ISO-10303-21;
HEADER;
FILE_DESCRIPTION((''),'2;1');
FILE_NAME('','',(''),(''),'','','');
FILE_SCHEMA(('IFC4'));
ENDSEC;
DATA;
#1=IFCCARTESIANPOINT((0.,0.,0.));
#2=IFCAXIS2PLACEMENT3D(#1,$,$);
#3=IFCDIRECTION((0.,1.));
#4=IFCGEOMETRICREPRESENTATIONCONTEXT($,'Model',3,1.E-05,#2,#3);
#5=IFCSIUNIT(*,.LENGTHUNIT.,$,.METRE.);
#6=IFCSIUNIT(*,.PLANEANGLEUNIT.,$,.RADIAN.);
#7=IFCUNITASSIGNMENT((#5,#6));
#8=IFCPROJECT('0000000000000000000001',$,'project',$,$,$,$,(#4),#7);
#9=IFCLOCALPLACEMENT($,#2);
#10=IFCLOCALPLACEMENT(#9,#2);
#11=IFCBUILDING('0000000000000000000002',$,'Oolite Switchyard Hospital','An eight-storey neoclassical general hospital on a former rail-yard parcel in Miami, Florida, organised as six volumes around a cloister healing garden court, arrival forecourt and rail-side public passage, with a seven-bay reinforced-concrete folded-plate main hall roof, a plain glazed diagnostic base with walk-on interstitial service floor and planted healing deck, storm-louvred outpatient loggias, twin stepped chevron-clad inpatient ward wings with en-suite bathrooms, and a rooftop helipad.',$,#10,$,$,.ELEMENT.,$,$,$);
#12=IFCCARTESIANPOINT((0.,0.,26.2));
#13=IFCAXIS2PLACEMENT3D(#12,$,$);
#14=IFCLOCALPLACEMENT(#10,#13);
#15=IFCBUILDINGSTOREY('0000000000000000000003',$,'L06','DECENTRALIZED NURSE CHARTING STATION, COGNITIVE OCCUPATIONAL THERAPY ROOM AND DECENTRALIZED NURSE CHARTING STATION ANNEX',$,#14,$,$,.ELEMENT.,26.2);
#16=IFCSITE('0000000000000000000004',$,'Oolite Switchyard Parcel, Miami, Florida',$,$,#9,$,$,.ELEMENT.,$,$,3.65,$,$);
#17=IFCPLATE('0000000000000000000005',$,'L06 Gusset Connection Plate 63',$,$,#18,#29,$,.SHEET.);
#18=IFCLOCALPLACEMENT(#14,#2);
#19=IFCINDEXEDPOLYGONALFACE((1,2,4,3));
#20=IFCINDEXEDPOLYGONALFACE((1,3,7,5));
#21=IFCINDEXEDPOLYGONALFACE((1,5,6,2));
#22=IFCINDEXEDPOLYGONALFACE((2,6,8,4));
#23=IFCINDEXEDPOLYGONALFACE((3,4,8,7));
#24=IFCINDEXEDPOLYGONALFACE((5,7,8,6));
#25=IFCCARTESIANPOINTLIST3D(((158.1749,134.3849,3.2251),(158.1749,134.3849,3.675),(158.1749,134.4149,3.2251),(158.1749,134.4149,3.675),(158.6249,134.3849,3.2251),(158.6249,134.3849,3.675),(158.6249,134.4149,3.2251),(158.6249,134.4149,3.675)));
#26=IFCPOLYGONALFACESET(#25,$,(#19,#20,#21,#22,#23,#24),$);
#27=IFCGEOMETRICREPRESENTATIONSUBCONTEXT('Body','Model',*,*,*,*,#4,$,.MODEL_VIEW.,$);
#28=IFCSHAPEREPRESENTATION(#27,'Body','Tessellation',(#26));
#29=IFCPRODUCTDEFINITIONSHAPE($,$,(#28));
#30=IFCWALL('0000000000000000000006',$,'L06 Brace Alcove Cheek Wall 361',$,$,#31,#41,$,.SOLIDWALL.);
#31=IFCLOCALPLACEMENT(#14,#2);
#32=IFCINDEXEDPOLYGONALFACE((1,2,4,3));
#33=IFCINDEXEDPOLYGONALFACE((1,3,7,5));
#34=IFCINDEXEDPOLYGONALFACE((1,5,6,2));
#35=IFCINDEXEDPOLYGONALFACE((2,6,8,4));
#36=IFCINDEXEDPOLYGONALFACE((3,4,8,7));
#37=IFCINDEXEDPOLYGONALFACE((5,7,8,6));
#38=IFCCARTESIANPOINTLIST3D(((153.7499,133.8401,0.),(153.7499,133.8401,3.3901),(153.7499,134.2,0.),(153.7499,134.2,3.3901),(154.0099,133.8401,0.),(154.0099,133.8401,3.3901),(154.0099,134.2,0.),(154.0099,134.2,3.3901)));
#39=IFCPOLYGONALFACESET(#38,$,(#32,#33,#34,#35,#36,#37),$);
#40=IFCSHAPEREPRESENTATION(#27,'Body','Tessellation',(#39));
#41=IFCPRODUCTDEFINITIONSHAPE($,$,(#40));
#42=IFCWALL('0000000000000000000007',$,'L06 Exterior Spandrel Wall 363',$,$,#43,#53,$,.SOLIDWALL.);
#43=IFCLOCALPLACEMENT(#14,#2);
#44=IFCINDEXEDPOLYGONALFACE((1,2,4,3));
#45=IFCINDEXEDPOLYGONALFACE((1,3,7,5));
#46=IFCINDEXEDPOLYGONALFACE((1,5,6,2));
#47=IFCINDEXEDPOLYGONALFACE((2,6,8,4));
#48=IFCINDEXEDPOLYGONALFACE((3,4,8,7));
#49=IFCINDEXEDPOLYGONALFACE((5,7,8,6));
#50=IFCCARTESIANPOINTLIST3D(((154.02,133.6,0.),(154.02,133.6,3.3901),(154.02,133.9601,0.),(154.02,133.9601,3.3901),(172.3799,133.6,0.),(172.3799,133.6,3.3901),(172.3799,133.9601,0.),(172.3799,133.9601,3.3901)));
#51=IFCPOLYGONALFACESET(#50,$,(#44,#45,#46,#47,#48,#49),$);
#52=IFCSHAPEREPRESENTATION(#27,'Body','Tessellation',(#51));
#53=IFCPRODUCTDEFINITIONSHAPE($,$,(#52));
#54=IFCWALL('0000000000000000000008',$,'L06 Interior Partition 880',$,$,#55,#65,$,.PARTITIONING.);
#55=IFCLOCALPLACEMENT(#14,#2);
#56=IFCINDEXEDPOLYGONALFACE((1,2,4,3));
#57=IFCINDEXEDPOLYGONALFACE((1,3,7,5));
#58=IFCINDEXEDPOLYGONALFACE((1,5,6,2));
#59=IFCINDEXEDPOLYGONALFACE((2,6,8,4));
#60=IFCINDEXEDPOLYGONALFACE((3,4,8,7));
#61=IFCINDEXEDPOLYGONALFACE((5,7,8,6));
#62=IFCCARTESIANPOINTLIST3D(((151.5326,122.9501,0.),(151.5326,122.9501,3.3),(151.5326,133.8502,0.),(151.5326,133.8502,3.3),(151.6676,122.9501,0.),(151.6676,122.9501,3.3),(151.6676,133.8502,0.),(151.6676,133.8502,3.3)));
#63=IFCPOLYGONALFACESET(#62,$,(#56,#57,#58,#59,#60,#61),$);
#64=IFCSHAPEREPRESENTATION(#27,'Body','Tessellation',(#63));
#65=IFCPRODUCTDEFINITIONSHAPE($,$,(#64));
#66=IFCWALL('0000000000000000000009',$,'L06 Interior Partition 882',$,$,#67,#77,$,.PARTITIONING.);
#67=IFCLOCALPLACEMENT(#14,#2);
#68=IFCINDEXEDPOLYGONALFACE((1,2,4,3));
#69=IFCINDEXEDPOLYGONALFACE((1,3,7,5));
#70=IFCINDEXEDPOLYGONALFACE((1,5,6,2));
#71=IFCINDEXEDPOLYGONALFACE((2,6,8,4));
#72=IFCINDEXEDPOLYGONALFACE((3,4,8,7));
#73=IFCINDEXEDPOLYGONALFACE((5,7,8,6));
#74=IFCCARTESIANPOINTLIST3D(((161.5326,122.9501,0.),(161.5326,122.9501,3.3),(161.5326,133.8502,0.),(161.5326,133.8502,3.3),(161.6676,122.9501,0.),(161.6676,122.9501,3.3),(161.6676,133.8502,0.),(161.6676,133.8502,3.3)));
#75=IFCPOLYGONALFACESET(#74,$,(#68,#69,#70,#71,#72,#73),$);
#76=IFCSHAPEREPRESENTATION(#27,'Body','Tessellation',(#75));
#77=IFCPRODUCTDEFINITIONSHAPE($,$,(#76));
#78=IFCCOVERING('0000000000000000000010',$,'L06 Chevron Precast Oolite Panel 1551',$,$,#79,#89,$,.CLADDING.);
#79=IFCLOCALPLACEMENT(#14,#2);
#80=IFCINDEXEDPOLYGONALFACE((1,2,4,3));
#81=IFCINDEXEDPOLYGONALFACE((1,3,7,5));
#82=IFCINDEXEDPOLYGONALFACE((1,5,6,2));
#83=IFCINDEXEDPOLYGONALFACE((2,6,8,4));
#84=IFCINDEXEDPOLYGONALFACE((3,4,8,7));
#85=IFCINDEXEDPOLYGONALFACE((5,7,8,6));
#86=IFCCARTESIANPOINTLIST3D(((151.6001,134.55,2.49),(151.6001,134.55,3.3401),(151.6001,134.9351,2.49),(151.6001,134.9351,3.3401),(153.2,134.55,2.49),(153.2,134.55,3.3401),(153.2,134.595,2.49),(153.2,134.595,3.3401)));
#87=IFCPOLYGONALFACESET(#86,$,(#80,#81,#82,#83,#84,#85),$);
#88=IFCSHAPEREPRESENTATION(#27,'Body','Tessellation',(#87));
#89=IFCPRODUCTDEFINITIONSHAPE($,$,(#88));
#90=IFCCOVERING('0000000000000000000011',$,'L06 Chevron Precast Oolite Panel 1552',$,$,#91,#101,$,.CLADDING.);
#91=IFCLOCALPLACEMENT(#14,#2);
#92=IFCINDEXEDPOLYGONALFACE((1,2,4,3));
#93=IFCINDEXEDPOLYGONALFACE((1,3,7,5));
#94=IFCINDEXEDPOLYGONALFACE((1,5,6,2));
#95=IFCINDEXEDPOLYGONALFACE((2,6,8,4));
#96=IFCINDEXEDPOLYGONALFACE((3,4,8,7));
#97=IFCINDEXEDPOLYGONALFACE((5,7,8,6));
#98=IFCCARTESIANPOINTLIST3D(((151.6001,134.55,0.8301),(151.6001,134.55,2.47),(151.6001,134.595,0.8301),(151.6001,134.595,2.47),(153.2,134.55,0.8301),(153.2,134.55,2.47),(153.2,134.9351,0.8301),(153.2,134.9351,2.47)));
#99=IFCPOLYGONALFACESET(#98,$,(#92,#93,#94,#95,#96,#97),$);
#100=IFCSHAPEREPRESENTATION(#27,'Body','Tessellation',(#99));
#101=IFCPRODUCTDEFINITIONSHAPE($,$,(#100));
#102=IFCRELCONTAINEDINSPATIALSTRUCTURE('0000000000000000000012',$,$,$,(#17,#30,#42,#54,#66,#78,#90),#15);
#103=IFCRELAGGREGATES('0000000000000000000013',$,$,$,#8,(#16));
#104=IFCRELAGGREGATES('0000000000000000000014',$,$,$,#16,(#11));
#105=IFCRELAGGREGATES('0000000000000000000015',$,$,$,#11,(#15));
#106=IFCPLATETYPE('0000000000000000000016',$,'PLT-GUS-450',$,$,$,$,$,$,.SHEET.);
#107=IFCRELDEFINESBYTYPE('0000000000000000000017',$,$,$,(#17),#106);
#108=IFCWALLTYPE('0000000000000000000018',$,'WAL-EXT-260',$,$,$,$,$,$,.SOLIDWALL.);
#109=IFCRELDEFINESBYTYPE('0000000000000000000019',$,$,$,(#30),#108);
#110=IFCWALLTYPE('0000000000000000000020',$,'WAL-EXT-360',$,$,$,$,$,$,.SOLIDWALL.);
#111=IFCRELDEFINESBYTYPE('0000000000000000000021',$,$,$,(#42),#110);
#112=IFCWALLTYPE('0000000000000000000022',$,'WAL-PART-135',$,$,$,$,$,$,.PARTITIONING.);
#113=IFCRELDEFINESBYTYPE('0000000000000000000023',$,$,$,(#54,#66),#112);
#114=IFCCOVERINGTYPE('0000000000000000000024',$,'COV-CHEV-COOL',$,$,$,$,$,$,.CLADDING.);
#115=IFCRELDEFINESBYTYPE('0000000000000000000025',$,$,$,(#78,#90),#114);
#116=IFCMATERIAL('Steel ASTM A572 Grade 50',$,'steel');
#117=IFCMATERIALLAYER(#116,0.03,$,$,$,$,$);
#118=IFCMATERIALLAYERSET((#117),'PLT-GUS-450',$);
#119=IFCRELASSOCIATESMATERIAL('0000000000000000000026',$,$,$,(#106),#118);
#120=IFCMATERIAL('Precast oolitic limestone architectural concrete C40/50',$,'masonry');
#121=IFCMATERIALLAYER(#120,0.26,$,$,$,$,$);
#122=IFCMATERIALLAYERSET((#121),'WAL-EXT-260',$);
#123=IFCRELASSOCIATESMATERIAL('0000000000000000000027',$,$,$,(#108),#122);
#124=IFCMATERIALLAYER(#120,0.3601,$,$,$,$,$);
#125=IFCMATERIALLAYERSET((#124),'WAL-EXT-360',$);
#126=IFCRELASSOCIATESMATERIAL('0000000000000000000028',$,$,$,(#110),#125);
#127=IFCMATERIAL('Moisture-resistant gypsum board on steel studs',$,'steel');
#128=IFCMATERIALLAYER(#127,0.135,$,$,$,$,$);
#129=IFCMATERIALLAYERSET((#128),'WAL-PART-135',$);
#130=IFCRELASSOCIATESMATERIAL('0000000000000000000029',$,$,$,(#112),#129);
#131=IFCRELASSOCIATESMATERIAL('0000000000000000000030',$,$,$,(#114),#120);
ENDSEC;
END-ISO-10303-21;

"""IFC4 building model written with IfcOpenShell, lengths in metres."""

from ifc_helpers import new_model, si_unit, direction, frame, frame_2d, origin, origin_2d, place, context, subcontext, project, spatial, polyline, rectangle, outline, extrude, material, layer, layer_set, type_object, element, save


model = new_model("IFC4")

# Units and contexts
model_context = context("Model", 3, precision=1e-05, world=origin(), true_north=direction((0.0, 1.0)))
body_context = subcontext(model_context, "Body", "Model", "MODEL_VIEW")
ifc_project = project(units=[si_unit("LENGTHUNIT", "METRE"), si_unit("PLANEANGLEUNIT", "RADIAN")], contexts=[model_context])

# Site, building, storey
site_placement = place(None, origin())
site = spatial("IfcSite", under=ifc_project, at=site_placement, Name="Oolite Switchyard Parcel, Miami, Florida", CompositionType="ELEMENT", RefElevation=3.65)
building_placement = place(site_placement, origin())
building = spatial("IfcBuilding", under=site, at=building_placement, Name="Oolite Switchyard Hospital", Description="An eight-storey neoclassical general hospital on a former rail-yard parcel in Miami, Florida, organised as six volumes around a cloister healing garden court, arrival forecourt and rail-side public passage, with a seven-bay reinforced-concrete folded-plate main hall roof, a plain glazed diagnostic base with walk-on interstitial service floor and planted healing deck, storm-louvred outpatient loggias, twin stepped chevron-clad inpatient ward wings with en-suite bathrooms, and a rooftop helipad.", CompositionType="ELEMENT")
storey_placement = place(building_placement, frame((0.0, 0.0, 26.2)))
storey = spatial("IfcBuildingStorey", under=building, at=storey_placement, Name="L06", Description="DECENTRALIZED NURSE CHARTING STATION, COGNITIVE OCCUPATIONAL THERAPY ROOM AND DECENTRALIZED NURSE CHARTING STATION ANNEX", CompositionType="ELEMENT", Elevation=26.2)

# Plate
ifc_material_1 = material(Name="Steel ASTM A572 Grade 50", Category="steel")
ifc_layer_1 = layer(ifc_material_1, 0.03)
ifc_layer_set_1 = layer_set([ifc_layer_1], Name="PLT-GUS-450")
plate_type = type_object("IfcPlateType", Name="PLT-GUS-450", PredefinedType="SHEET", material=ifc_layer_set_1)
for number, where, z_axis, x_axis, name in (
    (1, (158.3999, 134.3999, 3.2251), (0.0, 0.0, 1.0), (1.0, 0.0, 0.0), "L06 Gusset Connection Plate 63"),
):
    element("IfcPlate", number, at=place(storey_placement, frame(where, z_axis=z_axis, x_axis=x_axis)), inside=storey, type_object=plate_type, Name=name, PredefinedType="SHEET", context=body_context, shape_type="SweptSolid", body=[
        extrude(rectangle(XDim=0.45, YDim=0.03, at=origin_2d()), origin(), (0.0, 0.0, 1.0), 0.45),
    ])

# Walls
ifc_material_2 = material(Name="Precast oolitic limestone architectural concrete C40/50", Category="masonry")
ifc_layer_2 = layer(ifc_material_2, 0.26)
ifc_layer_set_2 = layer_set([ifc_layer_2], Name="WAL-EXT-260")
wall_type_1 = type_object("IfcWallType", Name="WAL-EXT-260", PredefinedType="SOLIDWALL", material=ifc_layer_set_2)
wall_1_placement = place(storey_placement, frame((153.8799, 134.2, 0.0), z_axis=(0.0, 0.0, 1.0), x_axis=(0.0, -1.0, 0.0)))
element("IfcWall", 2, at=wall_1_placement, inside=storey, type_object=wall_type_1, Name="L06 Brace Alcove Cheek Wall 361", PredefinedType="SOLIDWALL", context=body_context, shape_type="SweptSolid", body=[
    extrude(rectangle(XDim=0.3599, YDim=0.26, at=frame_2d((0.1799, 0.0))), origin(), (0.0, 0.0, 1.0), 3.3901),
])
ifc_layer_3 = layer(ifc_material_2, 0.3601)
ifc_layer_set_3 = layer_set([ifc_layer_3], Name="WAL-EXT-360")
wall_type_2 = type_object("IfcWallType", Name="WAL-EXT-360", PredefinedType="SOLIDWALL", material=ifc_layer_set_3)
wall_2_placement = place(storey_placement, frame((154.02, 133.78, 0.0), z_axis=(0.0, 0.0, 1.0), x_axis=(1.0, 0.0, 0.0)))
element("IfcWall", 3, at=wall_2_placement, inside=storey, type_object=wall_type_2, Name="L06 Exterior Spandrel Wall 363", PredefinedType="SOLIDWALL", context=body_context, shape_type="SweptSolid", body=[
    extrude(rectangle(XDim=18.3599, YDim=0.3601, at=frame_2d((9.1799, 0.0))), origin(), (0.0, 0.0, 1.0), 3.3901),
])
ifc_material_3 = material(Name="Moisture-resistant gypsum board on steel studs", Category="steel")
ifc_layer_4 = layer(ifc_material_3, 0.135)
ifc_layer_set_4 = layer_set([ifc_layer_4], Name="WAL-PART-135")
wall_type_3 = type_object("IfcWallType", Name="WAL-PART-135", PredefinedType="PARTITIONING", material=ifc_layer_set_4)
for number, where, z_axis, x_axis, name in (
    (4, (151.6001, 122.95, 0.0), (0.0, 0.0, 1.0), (0.0, 1.0, 0.0), "L06 Interior Partition 880"),
    (5, (161.6001, 122.95, 0.0), (0.0, 0.0, 1.0), (0.0, 1.0, 0.0), "L06 Interior Partition 882"),
):
    element("IfcWall", number, at=place(storey_placement, frame(where, z_axis=z_axis, x_axis=x_axis)), inside=storey, type_object=wall_type_3, Name=name, PredefinedType="PARTITIONING", context=body_context, shape_type="SweptSolid", body=[
        extrude(rectangle(XDim=10.9001, YDim=0.135, at=frame_2d((5.4502, 0.0))), origin(), (0.0, 0.0, 1.0), 3.3),
    ])

# Coverings
covering_type = type_object("IfcCoveringType", Name="COV-CHEV-COOL", PredefinedType="CLADDING", material=ifc_material_2)
covering_1_placement = place(storey_placement, frame((151.6001, 134.55, 2.49), z_axis=(0.0, 0.0, 1.0), x_axis=(1.0, 0.0, 0.0)))
element("IfcCovering", 6, at=covering_1_placement, inside=storey, type_object=covering_type, Name="L06 Chevron Precast Oolite Panel 1551", PredefinedType="CLADDING", context=body_context, shape_type="SweptSolid", body=[
    extrude(outline(polyline([(0.0, 0.0), (1.5999, 0.0), (1.5999, 0.0449), (0.0, 0.385), (0.0, 0.0)])), origin(), (0.0, 0.0, 1.0), 0.8501),
])
covering_2_placement = place(storey_placement, frame((151.6001, 134.55, 0.8301), z_axis=(0.0, 0.0, 1.0), x_axis=(1.0, 0.0, 0.0)))
element("IfcCovering", 7, at=covering_2_placement, inside=storey, type_object=covering_type, Name="L06 Chevron Precast Oolite Panel 1552", PredefinedType="CLADDING", context=body_context, shape_type="SweptSolid", body=[
    extrude(outline(polyline([(0.0, 0.0), (1.5999, 0.0), (1.5999, 0.385), (0.0, 0.0449), (0.0, 0.0)])), origin(), (0.0, 0.0, 1.0), 1.6399),
])

save(model, "model.ifc")
